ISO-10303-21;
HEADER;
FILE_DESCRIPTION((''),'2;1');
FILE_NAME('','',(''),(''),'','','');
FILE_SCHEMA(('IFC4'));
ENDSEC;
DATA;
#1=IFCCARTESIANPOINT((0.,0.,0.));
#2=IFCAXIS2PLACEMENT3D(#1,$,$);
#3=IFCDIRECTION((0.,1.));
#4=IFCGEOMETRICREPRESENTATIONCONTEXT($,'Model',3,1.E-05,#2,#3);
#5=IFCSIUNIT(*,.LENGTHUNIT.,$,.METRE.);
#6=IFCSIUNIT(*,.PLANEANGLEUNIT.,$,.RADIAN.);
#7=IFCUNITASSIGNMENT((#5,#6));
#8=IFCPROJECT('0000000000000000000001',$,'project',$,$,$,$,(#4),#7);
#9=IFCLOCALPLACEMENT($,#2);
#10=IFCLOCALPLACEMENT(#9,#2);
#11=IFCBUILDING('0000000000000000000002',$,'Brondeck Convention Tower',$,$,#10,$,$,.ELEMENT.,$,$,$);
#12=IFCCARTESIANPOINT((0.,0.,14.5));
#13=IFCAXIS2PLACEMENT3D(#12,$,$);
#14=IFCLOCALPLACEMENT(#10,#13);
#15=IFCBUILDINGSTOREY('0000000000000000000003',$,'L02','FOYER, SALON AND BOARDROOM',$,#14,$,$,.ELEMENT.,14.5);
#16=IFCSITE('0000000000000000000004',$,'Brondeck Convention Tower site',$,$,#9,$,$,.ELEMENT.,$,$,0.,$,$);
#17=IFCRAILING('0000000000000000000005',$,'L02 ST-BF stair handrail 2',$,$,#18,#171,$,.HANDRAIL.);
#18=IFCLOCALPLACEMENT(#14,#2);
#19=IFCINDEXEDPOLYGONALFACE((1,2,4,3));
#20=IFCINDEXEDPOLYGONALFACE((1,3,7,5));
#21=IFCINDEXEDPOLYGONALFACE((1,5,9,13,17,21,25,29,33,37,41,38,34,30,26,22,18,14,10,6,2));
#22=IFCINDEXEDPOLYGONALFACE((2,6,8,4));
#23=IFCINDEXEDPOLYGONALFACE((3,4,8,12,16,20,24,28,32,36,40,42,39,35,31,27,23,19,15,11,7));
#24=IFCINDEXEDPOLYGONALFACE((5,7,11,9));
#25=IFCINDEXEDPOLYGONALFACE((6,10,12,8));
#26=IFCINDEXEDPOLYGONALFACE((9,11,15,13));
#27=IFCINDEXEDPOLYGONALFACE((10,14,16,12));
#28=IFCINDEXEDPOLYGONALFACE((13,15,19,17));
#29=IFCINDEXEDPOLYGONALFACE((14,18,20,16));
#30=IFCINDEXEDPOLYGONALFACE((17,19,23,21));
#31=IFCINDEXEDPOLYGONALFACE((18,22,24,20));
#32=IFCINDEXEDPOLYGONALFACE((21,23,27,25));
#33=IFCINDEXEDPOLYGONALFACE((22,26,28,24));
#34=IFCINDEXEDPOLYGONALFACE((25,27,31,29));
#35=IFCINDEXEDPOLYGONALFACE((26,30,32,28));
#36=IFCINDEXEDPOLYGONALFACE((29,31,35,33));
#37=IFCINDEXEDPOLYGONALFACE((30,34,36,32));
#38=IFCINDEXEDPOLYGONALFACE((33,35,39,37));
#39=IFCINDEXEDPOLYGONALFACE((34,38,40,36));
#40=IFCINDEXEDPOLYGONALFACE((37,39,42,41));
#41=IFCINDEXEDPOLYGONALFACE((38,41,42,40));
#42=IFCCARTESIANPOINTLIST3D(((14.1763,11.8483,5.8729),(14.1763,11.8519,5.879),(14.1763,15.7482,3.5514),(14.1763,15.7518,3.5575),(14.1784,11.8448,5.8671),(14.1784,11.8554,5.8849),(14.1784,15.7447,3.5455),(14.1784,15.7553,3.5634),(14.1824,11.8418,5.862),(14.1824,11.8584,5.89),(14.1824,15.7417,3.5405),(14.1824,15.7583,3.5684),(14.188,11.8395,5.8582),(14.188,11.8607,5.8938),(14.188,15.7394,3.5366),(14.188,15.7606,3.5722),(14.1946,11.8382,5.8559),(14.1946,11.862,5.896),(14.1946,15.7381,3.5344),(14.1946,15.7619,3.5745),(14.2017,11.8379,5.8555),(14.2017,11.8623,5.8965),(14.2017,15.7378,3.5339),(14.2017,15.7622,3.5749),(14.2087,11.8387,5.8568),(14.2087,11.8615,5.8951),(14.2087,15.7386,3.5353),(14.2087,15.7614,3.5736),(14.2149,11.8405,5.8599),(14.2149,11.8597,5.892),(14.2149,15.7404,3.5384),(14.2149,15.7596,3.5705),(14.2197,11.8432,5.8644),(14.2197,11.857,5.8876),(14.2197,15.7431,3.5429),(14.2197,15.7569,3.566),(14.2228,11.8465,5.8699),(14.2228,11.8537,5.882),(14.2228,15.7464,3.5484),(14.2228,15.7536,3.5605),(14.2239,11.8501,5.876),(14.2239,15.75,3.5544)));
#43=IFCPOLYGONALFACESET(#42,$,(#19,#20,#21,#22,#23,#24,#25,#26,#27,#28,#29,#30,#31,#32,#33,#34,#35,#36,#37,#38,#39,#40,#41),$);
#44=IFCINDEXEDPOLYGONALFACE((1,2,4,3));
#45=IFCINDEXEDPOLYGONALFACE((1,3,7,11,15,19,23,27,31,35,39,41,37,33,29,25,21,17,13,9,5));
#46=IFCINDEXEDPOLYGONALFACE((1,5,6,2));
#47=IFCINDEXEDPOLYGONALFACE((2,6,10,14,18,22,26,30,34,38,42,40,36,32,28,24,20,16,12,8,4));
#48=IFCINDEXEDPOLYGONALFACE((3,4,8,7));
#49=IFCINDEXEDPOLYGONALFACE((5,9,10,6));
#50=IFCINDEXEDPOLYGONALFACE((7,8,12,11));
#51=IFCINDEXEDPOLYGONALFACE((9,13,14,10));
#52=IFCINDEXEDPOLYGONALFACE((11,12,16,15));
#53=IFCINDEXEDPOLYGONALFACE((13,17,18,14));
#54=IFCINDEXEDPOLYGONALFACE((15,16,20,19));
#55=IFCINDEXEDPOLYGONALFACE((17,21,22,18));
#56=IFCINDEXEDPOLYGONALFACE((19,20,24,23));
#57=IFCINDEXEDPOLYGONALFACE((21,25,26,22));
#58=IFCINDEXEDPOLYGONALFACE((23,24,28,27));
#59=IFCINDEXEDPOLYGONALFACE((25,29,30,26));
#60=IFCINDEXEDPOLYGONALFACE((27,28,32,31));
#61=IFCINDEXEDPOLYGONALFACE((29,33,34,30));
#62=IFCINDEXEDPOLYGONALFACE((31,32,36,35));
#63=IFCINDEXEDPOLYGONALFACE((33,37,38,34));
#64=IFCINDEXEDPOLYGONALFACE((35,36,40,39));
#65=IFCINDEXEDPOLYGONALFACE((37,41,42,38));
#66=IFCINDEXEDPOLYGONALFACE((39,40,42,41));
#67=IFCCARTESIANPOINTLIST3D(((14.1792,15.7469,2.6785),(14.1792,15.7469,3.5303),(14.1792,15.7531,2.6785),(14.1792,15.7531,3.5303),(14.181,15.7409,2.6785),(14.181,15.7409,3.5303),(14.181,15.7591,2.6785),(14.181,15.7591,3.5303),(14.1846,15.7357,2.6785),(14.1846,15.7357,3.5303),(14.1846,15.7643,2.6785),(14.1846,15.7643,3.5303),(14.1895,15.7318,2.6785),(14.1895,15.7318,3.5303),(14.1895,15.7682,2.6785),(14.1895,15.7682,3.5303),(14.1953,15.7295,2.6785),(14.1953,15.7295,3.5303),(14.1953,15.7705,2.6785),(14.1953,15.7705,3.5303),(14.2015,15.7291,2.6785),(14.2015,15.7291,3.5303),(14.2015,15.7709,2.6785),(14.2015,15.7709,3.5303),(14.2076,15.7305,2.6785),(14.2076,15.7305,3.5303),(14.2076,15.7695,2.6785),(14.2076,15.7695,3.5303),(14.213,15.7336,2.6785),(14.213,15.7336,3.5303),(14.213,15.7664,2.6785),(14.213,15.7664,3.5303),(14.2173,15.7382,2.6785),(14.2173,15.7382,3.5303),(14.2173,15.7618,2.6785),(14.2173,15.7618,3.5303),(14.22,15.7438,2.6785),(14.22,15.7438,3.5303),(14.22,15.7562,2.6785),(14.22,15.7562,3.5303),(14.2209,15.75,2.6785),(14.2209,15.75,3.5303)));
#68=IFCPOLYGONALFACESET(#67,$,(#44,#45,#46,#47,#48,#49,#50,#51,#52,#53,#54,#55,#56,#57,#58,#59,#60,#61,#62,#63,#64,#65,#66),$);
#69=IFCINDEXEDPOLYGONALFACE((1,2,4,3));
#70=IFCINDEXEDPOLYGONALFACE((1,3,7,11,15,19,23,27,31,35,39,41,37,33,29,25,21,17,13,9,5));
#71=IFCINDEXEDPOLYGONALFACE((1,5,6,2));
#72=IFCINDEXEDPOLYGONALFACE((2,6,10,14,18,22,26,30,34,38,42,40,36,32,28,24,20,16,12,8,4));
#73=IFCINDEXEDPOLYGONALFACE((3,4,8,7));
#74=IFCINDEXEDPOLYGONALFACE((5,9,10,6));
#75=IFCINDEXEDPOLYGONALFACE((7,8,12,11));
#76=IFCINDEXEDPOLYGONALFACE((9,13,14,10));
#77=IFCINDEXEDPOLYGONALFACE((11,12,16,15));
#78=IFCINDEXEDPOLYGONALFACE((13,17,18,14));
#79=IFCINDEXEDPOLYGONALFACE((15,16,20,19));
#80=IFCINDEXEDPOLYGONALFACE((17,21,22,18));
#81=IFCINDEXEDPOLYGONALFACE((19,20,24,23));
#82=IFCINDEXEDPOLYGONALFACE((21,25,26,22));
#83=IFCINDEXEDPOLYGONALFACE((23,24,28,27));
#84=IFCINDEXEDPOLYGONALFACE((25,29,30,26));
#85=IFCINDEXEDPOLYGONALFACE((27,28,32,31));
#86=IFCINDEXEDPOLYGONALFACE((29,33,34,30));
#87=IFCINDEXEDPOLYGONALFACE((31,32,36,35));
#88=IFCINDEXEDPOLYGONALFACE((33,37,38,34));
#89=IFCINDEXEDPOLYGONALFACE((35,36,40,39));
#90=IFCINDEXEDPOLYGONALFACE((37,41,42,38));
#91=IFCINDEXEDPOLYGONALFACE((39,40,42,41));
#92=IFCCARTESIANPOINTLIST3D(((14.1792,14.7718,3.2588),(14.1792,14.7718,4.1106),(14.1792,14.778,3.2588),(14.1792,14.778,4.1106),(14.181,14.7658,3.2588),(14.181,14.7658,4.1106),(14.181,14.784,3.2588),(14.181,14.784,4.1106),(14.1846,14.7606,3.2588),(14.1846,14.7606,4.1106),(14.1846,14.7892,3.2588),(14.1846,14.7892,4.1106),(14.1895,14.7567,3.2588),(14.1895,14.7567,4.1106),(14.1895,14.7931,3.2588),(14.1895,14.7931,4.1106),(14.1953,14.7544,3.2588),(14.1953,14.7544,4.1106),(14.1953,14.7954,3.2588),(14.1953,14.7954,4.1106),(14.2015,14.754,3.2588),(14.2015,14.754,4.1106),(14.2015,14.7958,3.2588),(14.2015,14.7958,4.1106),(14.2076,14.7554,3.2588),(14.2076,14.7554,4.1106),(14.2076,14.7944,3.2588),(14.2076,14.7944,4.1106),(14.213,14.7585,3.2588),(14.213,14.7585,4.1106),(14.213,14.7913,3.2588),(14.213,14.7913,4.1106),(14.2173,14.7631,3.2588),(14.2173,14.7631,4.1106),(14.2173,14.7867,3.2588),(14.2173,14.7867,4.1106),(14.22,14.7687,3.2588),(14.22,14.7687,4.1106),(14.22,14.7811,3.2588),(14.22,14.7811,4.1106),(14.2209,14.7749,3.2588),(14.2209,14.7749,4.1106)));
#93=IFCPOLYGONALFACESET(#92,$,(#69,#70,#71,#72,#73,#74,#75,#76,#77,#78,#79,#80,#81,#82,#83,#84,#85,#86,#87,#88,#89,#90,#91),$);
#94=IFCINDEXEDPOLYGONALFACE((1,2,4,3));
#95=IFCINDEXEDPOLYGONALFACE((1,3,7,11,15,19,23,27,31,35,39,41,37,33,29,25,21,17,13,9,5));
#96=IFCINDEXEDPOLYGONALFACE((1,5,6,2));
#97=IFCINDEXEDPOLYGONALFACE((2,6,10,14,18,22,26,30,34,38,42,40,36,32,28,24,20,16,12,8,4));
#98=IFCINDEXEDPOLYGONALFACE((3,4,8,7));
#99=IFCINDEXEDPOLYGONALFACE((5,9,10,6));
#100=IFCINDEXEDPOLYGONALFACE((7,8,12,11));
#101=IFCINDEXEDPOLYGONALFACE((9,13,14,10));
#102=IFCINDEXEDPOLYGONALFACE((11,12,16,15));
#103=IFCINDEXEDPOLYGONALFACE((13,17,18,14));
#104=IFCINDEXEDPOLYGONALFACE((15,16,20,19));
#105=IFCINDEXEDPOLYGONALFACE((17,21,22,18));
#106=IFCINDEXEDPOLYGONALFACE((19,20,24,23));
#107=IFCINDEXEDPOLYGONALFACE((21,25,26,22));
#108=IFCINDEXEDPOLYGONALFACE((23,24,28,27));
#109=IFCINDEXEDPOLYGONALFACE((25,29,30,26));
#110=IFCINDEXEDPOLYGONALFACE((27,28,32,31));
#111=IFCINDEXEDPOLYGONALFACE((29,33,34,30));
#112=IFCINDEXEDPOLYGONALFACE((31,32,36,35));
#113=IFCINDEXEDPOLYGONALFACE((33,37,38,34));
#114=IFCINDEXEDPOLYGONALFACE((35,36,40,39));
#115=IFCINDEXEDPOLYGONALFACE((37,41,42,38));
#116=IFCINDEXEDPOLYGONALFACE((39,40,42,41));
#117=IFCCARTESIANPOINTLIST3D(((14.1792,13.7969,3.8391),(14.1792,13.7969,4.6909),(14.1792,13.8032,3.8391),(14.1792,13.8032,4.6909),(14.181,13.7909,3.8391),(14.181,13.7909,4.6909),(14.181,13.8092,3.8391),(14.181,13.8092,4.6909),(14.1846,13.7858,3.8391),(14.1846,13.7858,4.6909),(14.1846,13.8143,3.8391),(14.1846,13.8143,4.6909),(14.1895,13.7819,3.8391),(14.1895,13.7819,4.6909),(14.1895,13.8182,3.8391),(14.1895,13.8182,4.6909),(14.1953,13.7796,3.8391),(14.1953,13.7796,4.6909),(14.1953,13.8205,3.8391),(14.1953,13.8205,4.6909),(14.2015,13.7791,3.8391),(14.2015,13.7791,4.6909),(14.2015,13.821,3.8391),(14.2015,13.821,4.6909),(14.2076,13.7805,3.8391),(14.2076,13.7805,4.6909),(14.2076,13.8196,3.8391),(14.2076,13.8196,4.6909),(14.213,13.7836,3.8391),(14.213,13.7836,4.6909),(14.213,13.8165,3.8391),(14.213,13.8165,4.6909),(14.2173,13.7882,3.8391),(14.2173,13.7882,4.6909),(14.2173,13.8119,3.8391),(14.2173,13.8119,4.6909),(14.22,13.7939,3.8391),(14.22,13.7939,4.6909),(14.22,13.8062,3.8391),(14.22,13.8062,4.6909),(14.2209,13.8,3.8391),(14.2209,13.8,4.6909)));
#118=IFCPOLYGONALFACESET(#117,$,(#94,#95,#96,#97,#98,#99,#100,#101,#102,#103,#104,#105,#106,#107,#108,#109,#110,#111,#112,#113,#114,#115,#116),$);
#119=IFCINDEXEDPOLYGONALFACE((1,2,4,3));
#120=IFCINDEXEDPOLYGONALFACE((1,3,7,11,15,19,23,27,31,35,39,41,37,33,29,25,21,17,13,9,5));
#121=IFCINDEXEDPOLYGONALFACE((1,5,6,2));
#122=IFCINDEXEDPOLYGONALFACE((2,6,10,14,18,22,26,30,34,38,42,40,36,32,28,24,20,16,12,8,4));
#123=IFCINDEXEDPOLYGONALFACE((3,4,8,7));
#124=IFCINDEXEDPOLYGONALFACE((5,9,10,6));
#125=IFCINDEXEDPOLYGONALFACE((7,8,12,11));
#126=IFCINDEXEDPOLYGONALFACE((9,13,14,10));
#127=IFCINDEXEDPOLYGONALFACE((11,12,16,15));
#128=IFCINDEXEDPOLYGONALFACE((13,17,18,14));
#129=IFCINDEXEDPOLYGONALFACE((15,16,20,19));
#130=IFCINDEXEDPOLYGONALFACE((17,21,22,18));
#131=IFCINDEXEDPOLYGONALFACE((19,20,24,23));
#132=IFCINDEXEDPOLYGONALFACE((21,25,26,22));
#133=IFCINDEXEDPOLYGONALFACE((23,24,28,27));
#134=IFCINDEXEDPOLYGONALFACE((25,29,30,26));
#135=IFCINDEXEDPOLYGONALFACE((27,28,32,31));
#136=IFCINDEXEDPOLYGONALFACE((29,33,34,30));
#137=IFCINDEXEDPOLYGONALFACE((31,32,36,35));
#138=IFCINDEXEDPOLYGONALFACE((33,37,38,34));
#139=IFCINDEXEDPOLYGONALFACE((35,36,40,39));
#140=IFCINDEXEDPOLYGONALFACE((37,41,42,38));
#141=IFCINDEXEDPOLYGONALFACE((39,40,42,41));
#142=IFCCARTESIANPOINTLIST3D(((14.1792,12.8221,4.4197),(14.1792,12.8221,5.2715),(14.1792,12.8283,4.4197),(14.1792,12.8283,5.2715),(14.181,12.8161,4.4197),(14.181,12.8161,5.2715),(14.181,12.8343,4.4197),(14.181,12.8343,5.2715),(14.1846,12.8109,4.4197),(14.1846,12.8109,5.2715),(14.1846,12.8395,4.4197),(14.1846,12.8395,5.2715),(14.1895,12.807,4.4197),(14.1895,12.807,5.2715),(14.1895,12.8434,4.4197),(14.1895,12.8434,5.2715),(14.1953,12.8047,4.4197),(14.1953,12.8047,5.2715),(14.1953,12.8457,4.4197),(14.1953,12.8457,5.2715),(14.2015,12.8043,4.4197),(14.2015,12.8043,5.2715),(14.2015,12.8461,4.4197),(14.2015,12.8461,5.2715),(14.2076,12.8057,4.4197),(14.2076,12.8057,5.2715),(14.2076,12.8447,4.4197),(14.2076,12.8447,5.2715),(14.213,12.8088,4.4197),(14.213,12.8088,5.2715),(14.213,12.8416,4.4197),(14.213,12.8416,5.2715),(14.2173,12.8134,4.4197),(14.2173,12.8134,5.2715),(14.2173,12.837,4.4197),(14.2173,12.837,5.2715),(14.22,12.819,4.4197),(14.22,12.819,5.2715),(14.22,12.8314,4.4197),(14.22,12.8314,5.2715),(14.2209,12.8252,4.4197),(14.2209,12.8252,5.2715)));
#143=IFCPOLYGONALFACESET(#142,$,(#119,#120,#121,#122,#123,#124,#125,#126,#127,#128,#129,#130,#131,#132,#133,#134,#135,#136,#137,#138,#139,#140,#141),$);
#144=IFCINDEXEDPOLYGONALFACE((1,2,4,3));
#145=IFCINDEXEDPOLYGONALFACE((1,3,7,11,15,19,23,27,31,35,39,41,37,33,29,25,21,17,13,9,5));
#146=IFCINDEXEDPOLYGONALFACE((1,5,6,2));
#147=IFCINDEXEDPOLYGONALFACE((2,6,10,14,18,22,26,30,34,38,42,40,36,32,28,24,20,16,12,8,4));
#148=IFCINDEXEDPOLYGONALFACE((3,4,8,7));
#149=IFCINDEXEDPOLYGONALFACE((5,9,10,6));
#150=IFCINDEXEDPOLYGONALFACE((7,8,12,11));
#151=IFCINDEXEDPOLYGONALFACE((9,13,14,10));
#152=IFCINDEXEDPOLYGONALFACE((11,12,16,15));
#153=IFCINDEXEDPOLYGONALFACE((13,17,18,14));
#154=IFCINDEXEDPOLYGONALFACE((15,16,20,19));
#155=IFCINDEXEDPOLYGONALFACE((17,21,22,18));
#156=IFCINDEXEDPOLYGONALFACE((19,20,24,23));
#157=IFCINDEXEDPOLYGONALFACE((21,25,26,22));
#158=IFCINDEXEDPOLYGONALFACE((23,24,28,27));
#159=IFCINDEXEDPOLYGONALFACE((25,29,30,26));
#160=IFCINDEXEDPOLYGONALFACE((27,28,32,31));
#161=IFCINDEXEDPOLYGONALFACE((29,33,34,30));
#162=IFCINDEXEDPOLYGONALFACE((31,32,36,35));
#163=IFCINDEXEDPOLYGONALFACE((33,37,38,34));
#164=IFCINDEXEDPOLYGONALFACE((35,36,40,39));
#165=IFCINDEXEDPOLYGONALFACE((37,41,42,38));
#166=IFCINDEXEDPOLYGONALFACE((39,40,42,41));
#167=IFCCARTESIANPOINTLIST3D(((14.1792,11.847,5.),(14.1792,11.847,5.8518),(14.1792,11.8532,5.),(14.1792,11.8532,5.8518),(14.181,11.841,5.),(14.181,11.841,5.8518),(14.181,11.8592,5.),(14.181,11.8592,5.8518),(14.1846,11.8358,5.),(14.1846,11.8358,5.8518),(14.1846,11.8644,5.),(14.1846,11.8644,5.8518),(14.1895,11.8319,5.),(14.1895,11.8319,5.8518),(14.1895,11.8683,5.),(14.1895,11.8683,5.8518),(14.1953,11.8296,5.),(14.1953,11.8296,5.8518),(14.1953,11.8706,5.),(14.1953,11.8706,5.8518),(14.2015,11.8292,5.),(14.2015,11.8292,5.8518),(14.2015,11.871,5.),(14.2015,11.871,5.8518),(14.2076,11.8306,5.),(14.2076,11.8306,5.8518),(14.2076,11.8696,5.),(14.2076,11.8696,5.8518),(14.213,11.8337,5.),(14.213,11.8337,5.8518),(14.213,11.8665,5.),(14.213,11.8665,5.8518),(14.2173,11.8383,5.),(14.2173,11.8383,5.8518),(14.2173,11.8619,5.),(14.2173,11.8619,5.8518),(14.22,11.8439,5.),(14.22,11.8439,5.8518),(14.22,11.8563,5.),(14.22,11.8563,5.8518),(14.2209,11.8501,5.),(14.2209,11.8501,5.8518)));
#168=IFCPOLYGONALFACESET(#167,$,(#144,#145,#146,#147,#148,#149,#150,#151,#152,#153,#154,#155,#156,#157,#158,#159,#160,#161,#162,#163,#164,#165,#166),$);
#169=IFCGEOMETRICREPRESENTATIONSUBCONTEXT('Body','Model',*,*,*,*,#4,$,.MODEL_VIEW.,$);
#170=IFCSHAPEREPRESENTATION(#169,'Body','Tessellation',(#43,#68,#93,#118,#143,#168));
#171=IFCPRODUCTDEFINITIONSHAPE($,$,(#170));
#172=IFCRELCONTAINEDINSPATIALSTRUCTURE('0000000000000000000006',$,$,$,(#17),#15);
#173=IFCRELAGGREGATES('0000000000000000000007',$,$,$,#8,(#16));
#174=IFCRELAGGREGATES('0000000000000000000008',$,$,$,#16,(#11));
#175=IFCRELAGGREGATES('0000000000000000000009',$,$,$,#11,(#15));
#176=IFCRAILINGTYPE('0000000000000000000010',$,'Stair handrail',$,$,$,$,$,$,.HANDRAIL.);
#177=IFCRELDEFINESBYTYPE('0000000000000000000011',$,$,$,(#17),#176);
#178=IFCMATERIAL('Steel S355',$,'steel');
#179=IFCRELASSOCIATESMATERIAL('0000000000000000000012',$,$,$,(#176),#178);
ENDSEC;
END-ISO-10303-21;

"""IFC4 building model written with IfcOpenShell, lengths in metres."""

from ifc_helpers import new_model, si_unit, direction, frame, origin, origin_2d, place, context, subcontext, project, spatial, circle, extrude, material, type_object, element, save


model = new_model("IFC4")

# Units and contexts
model_context = context("Model", 3, precision=1e-05, world=origin(), true_north=direction((0.0, 1.0)))
body_context = subcontext(model_context, "Body", "Model", "MODEL_VIEW")
ifc_project = project(units=[si_unit("LENGTHUNIT", "METRE"), si_unit("PLANEANGLEUNIT", "RADIAN")], contexts=[model_context])

# Site, building, storey
site_placement = place(None, origin())
site = spatial("IfcSite", under=ifc_project, at=site_placement, Name="Brondeck Convention Tower site", CompositionType="ELEMENT", RefElevation=0.0)
building_placement = place(site_placement, origin())
building = spatial("IfcBuilding", under=site, at=building_placement, Name="Brondeck Convention Tower", CompositionType="ELEMENT")
storey_placement = place(building_placement, frame((0.0, 0.0, 14.5)))
storey = spatial("IfcBuildingStorey", under=building, at=storey_placement, Name="L02", Description="FOYER, SALON AND BOARDROOM", CompositionType="ELEMENT", Elevation=14.5)

# Shared definitions
ifc_material_1 = material(Name="Steel S355", Category="steel")

# Railing
railing_type_1 = type_object("IfcRailingType", Name="Stair handrail", PredefinedType="HANDRAIL", material=ifc_material_1)
railing_1_placement = place(storey_placement, frame((14.2, 15.75, 2.6785)))
element("IfcRailing", 1, at=railing_1_placement, inside=storey, type_object=railing_type_1, Name="L02 ST-BF stair handrail 2", PredefinedType="HANDRAIL", context=body_context, shape_type="SweptSolid", body=[
    extrude(circle(Radius=0.0239, at=origin_2d()), frame((0.0, 0.0, 0.876), z_axis=(0.0, -0.859277, 0.51151), x_axis=(1.0, 0.0, 0.0)), (0.0, 0.0, 1.0), 4.5386),
    extrude(circle(Radius=0.021, at=origin_2d()), origin(), (0.0, 0.0, 1.0), 0.8518),
    extrude(circle(Radius=0.021, at=origin_2d()), frame((0.0, -0.9751, 0.5803)), (0.0, 0.0, 1.0), 0.8518),
    extrude(circle(Radius=0.021, at=origin_2d()), frame((0.0, -1.95, 1.1606)), (0.0, 0.0, 1.0), 0.8518),
    extrude(circle(Radius=0.021, at=origin_2d()), frame((0.0, -2.9248, 1.7412)), (0.0, 0.0, 1.0), 0.8518),
    extrude(circle(Radius=0.021, at=origin_2d()), frame((0.0, -3.8999, 2.3215)), (0.0, 0.0, 1.0), 0.8518),
])

save(model, "model.ifc")
